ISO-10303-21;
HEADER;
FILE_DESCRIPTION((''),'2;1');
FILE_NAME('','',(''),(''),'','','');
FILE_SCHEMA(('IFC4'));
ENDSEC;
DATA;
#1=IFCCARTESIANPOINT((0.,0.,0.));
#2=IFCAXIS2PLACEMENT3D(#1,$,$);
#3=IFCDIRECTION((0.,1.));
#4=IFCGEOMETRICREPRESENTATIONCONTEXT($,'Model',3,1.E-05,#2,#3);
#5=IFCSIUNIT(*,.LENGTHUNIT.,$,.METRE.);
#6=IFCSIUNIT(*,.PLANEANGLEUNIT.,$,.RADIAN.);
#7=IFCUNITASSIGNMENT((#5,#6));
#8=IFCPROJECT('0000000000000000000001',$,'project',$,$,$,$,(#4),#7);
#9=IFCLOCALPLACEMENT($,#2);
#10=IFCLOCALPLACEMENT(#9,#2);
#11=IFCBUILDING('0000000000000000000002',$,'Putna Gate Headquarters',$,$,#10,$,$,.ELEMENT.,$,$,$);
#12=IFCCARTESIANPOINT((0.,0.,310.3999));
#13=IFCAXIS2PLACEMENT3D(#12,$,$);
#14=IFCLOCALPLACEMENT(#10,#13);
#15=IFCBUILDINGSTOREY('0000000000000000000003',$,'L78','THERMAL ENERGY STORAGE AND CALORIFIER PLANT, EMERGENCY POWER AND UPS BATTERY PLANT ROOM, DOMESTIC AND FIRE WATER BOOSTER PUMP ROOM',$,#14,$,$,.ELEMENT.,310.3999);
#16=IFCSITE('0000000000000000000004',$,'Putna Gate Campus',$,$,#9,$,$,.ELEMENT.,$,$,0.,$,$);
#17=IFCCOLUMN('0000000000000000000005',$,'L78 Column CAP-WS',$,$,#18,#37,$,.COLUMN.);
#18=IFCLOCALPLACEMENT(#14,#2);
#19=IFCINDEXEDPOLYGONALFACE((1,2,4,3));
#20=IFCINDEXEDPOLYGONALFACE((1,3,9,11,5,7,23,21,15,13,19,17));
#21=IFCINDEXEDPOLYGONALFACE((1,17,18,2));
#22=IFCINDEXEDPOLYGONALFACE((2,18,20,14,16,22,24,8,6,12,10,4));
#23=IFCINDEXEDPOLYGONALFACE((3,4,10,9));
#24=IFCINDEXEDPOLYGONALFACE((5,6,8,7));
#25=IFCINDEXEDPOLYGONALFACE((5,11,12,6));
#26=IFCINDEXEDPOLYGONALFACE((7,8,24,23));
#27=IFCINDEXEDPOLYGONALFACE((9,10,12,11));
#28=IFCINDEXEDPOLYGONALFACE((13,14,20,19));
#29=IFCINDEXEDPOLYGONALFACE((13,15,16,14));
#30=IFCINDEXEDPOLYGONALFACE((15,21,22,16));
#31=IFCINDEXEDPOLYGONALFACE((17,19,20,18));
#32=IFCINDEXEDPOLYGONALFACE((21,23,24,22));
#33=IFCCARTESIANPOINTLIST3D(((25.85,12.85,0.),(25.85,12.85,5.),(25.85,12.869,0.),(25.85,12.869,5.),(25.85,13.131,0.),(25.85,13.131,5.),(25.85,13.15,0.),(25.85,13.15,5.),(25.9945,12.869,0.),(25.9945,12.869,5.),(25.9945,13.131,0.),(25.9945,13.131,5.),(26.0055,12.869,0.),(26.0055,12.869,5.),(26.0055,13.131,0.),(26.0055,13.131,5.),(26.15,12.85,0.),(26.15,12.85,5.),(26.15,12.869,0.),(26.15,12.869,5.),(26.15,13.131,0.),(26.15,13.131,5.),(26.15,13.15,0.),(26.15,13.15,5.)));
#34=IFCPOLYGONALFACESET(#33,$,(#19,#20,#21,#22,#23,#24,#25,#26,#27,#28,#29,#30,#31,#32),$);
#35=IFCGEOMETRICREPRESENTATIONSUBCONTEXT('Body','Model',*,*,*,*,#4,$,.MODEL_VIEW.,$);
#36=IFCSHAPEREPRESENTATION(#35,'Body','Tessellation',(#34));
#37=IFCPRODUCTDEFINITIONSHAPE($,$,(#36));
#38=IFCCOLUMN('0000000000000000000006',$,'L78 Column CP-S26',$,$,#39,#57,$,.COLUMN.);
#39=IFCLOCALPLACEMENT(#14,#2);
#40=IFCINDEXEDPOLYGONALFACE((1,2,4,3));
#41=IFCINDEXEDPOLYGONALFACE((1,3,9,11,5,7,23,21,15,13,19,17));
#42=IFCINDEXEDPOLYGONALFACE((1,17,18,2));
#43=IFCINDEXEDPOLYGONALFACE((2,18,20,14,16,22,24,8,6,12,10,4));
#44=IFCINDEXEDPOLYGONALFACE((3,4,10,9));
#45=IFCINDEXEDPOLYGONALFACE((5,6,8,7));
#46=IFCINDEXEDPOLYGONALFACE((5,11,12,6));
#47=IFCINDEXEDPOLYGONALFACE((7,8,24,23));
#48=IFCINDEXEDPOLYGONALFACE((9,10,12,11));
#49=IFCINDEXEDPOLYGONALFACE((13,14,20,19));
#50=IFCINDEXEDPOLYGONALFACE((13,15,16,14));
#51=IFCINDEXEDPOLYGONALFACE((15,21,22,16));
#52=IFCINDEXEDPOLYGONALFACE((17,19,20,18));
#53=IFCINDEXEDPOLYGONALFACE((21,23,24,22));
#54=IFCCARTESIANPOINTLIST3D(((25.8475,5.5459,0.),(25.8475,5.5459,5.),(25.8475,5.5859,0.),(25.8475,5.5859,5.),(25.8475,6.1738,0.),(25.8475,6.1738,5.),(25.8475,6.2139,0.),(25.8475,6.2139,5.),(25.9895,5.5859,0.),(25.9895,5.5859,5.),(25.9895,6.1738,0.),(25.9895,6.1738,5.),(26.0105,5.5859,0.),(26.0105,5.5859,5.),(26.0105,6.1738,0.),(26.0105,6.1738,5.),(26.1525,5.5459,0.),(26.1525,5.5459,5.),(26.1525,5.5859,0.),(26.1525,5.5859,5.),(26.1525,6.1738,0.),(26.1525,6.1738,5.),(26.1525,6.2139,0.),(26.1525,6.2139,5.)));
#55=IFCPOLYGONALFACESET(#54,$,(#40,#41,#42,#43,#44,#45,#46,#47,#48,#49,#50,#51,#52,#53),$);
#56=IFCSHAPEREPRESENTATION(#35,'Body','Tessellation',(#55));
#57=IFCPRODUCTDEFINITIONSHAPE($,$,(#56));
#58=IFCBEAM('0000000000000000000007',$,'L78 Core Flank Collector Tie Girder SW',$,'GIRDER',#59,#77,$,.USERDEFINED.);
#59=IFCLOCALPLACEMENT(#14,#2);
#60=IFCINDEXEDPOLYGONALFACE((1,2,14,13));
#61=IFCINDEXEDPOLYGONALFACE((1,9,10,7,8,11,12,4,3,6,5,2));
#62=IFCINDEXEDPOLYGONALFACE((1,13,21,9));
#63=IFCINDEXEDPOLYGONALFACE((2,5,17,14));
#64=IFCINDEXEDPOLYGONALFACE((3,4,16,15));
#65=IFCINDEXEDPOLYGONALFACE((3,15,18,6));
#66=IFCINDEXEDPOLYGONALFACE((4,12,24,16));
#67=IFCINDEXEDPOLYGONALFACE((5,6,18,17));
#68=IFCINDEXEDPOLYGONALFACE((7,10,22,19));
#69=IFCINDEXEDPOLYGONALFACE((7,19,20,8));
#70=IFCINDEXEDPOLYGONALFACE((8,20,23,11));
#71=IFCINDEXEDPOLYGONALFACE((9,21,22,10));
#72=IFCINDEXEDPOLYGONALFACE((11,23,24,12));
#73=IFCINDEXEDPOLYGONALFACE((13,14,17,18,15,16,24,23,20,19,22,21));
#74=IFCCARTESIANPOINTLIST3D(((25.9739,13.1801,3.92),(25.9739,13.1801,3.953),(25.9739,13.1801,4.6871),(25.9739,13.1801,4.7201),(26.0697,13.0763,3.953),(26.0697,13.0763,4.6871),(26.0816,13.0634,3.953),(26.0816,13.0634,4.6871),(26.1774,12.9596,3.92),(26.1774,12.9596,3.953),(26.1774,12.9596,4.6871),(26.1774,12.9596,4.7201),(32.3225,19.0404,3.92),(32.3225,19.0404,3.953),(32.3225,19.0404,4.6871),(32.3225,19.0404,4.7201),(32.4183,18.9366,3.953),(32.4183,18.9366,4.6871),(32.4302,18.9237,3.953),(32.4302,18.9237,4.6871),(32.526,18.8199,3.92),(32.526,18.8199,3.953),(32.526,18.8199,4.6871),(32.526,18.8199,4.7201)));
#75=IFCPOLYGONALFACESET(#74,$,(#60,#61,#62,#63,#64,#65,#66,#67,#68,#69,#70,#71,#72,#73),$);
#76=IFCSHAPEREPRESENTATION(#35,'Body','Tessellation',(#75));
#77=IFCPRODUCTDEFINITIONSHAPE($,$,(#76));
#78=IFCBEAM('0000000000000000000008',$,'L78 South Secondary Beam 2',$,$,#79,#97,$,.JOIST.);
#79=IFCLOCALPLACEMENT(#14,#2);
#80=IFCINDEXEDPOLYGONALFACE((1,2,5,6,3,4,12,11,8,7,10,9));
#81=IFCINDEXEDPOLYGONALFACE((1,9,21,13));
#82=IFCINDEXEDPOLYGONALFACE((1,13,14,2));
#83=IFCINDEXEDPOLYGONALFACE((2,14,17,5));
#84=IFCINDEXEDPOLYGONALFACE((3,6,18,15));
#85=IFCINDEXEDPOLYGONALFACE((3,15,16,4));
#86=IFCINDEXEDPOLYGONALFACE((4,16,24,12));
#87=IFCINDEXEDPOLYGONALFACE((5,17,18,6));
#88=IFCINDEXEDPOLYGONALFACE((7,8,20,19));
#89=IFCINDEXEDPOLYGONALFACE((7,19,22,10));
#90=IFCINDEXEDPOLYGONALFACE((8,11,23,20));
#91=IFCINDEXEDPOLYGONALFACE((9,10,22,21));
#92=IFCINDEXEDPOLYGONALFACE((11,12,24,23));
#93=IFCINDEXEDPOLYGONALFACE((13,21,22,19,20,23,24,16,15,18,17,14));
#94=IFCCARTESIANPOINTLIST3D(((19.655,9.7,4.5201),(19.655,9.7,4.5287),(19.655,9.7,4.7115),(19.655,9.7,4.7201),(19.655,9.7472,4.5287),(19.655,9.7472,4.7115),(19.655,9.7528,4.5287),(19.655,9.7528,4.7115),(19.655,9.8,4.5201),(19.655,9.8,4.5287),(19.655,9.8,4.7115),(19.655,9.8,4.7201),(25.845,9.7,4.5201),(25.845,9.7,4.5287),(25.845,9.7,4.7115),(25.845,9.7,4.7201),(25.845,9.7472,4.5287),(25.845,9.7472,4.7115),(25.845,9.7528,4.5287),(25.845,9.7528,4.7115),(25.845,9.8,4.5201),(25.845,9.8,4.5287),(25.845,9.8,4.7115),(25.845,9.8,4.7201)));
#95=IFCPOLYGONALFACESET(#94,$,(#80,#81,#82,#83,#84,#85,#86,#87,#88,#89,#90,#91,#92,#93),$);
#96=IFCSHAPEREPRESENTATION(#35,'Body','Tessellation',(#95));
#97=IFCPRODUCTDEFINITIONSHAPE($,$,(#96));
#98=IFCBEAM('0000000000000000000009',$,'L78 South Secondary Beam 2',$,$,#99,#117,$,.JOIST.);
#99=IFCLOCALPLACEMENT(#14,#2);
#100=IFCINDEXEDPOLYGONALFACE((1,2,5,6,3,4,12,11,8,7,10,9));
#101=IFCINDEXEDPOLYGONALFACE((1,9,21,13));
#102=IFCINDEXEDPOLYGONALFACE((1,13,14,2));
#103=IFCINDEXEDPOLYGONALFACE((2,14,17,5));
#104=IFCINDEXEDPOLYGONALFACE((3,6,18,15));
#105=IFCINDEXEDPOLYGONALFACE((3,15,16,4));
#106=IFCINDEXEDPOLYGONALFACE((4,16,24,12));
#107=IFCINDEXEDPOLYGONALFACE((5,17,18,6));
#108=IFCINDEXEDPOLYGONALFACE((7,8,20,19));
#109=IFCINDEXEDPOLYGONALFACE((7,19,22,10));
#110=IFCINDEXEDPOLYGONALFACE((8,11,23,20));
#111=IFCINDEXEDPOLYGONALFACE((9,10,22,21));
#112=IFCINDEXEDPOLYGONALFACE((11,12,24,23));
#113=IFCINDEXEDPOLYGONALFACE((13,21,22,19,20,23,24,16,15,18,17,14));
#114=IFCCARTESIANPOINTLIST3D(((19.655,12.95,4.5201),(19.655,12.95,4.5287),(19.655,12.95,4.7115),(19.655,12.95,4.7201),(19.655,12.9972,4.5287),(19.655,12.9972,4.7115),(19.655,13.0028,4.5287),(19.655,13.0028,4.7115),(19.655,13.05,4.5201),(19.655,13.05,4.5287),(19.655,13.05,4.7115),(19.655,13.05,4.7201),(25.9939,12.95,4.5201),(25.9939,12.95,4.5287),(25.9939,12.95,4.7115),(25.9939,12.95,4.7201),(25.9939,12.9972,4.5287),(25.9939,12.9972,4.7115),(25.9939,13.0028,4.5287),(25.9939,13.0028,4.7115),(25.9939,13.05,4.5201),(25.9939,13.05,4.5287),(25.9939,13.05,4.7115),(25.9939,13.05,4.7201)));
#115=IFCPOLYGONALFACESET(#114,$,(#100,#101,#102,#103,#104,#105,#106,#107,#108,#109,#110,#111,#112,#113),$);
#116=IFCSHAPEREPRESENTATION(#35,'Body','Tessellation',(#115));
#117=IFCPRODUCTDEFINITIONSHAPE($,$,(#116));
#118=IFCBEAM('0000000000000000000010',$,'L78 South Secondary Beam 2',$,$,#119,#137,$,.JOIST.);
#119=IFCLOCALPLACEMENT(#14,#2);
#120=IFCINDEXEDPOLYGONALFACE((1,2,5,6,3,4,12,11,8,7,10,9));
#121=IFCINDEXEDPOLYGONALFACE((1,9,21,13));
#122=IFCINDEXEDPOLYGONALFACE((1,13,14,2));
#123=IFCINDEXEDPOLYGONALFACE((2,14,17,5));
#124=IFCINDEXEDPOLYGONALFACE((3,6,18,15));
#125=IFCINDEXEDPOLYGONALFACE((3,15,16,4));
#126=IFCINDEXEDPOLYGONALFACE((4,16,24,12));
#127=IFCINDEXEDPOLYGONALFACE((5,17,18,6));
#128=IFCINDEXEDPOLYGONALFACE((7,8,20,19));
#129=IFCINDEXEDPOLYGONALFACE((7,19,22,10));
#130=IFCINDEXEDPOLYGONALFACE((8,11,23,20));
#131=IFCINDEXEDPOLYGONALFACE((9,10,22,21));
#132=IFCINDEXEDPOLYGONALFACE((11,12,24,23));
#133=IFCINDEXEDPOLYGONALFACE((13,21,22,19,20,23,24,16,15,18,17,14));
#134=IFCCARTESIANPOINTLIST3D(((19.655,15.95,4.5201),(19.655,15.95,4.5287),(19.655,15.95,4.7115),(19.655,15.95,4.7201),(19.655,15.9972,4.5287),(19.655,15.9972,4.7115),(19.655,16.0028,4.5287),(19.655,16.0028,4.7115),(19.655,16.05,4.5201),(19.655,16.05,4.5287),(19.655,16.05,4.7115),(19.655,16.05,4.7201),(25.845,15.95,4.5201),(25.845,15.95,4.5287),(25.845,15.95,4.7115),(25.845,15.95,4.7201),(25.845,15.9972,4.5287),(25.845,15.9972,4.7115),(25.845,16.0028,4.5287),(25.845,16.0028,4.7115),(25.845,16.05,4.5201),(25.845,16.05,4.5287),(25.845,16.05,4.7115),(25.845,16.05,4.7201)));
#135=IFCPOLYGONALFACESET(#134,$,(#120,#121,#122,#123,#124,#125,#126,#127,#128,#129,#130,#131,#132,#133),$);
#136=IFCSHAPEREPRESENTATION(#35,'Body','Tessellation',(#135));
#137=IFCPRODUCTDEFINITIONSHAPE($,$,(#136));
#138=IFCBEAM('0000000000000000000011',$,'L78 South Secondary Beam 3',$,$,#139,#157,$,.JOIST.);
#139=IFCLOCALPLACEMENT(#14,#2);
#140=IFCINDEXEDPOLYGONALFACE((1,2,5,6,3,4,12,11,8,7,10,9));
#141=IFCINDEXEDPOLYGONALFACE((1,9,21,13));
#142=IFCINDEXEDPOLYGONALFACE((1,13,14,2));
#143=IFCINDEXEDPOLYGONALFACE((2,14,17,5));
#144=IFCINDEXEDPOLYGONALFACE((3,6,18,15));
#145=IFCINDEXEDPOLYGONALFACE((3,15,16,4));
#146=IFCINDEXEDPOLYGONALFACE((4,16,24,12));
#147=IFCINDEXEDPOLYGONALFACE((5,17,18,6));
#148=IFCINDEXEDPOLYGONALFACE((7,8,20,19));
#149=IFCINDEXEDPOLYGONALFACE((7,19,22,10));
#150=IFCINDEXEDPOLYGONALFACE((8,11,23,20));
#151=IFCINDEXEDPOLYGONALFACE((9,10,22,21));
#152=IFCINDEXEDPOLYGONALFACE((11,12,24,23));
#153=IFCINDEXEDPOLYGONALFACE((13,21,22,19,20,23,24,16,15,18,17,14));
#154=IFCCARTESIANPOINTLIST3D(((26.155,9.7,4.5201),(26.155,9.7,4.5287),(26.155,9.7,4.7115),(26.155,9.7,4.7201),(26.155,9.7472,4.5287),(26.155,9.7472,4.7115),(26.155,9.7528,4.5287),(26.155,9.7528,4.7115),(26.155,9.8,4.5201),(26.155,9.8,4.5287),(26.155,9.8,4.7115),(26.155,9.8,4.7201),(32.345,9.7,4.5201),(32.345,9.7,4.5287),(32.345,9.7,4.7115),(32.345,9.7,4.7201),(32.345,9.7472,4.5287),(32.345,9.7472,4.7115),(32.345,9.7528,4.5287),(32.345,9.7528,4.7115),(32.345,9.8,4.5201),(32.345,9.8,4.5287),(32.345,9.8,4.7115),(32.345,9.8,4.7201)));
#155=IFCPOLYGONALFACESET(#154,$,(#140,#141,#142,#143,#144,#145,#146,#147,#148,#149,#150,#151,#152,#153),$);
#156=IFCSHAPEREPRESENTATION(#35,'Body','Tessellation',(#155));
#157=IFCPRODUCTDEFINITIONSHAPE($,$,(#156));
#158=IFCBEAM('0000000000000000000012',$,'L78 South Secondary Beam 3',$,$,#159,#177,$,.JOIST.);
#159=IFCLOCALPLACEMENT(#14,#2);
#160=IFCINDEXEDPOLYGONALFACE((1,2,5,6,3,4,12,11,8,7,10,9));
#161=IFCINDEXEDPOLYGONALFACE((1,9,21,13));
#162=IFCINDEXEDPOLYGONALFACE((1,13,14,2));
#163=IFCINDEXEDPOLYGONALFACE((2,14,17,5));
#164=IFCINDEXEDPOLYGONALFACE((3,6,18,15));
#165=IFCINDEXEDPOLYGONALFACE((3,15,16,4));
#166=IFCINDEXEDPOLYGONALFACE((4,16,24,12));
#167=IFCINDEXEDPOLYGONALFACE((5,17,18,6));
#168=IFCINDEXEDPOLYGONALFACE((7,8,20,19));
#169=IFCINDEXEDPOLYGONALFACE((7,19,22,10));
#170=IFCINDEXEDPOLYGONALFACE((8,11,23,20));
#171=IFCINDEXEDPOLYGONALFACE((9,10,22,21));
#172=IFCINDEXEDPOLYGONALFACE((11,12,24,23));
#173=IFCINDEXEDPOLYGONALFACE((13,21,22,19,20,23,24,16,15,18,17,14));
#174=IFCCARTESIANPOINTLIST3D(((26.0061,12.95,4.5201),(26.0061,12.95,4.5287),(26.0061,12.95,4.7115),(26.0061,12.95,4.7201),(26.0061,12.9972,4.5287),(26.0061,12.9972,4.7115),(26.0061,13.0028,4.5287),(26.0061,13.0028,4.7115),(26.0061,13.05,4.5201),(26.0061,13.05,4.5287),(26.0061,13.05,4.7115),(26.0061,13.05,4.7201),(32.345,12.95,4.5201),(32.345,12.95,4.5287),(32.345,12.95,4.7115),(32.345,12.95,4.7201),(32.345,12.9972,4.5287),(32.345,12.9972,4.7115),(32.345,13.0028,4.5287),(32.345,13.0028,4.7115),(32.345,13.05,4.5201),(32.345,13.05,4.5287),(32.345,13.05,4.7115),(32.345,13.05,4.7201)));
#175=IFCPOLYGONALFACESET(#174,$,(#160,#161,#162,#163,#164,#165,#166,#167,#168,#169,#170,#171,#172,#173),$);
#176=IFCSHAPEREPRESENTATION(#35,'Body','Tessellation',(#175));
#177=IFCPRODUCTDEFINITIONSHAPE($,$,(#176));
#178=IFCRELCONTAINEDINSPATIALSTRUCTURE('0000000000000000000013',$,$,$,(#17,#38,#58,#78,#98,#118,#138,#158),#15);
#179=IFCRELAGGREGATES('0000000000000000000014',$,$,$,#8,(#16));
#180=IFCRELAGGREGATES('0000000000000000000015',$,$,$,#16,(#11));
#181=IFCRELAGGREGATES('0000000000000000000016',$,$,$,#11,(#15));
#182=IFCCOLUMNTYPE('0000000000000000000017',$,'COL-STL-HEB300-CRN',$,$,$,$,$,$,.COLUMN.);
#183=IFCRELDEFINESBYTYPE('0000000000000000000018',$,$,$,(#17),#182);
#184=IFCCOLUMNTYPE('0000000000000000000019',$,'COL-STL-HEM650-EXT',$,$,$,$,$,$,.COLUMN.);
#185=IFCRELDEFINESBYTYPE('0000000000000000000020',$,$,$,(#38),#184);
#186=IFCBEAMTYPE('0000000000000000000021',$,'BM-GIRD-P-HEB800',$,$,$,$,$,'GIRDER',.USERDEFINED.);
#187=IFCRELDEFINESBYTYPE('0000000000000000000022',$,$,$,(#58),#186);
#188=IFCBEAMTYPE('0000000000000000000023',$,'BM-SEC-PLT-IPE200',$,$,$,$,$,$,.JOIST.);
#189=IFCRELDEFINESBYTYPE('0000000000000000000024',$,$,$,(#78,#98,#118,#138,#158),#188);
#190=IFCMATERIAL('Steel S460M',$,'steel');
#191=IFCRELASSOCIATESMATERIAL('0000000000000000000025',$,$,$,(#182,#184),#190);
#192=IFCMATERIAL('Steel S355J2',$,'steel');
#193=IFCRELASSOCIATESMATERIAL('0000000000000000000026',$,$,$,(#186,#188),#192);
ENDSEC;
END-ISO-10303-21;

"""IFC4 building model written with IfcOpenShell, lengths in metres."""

from ifc_helpers import new_model, si_unit, direction, frame, origin, origin_2d, place, context, subcontext, project, spatial, i_section, extrude, material, material_profile, profile_set, type_object, element, save


model = new_model("IFC4")

# Units and contexts
model_context = context("Model", 3, precision=1e-05, world=origin(), true_north=direction((0.0, 1.0)))
body_context = subcontext(model_context, "Body", "Model", "MODEL_VIEW")
ifc_project = project(units=[si_unit("LENGTHUNIT", "METRE"), si_unit("PLANEANGLEUNIT", "RADIAN")], contexts=[model_context])

# Site, building, storey
site_placement = place(None, origin())
site = spatial("IfcSite", under=ifc_project, at=site_placement, Name="Putna Gate Campus", CompositionType="ELEMENT", RefElevation=0.0)
building_placement = place(site_placement, origin())
building = spatial("IfcBuilding", under=site, at=building_placement, Name="Putna Gate Headquarters", CompositionType="ELEMENT")
storey_placement = place(building_placement, frame((0.0, 0.0, 310.3999)))
storey = spatial("IfcBuildingStorey", under=building, at=storey_placement, Name="L78", Description="THERMAL ENERGY STORAGE AND CALORIFIER PLANT, EMERGENCY POWER AND UPS BATTERY PLANT ROOM, DOMESTIC AND FIRE WATER BOOSTER PUMP ROOM", CompositionType="ELEMENT", Elevation=310.3999)

# Columns
ifc_material_1 = material(Name="Steel S460M", Category="steel")
ifc_material_profile_1 = material_profile(ifc_material_1, i_section(OverallWidth=0.3, OverallDepth=0.3, WebThickness=0.011, FlangeThickness=0.019, at=origin_2d()), Name="Steel S460M")
ifc_profile_set_1 = profile_set([ifc_material_profile_1], Name="Steel S460M")
column_type_1 = type_object("IfcColumnType", Name="COL-STL-HEB300-CRN", PredefinedType="COLUMN", material=ifc_profile_set_1)
column_1_placement = place(storey_placement, frame((26.0, 13.0, 0.0), z_axis=(0.0, 0.0, 1.0), x_axis=(1.0, 0.0, 0.0)))
element("IfcColumn", 1, at=column_1_placement, inside=storey, type_object=column_type_1, Name="L78 Column CAP-WS", PredefinedType="COLUMN", context=body_context, shape_type="SweptSolid", body=[
    extrude(i_section(OverallWidth=0.3, OverallDepth=0.3, WebThickness=0.011, FlangeThickness=0.019, at=origin_2d()), origin(), (0.0, 0.0, 1.0), 5.0),
])
ifc_material_profile_2 = material_profile(ifc_material_1, i_section(OverallWidth=0.3049, OverallDepth=0.668, WebThickness=0.021, FlangeThickness=0.04, at=origin_2d()), Name="Steel S460M")
ifc_profile_set_2 = profile_set([ifc_material_profile_2], Name="Steel S460M")
column_type_2 = type_object("IfcColumnType", Name="COL-STL-HEM650-EXT", PredefinedType="COLUMN", material=ifc_profile_set_2)
column_2_placement = place(storey_placement, frame((26.0, 5.8799, 0.0), z_axis=(0.0, 0.0, 1.0), x_axis=(1.0, 0.0, 0.0)))
element("IfcColumn", 2, at=column_2_placement, inside=storey, type_object=column_type_2, Name="L78 Column CP-S26", PredefinedType="COLUMN", context=body_context, shape_type="SweptSolid", body=[
    extrude(i_section(OverallWidth=0.3049, OverallDepth=0.668, WebThickness=0.021, FlangeThickness=0.04, at=origin_2d()), origin(), (0.0, 0.0, 1.0), 5.0),
])

# Beams
ifc_material_2 = material(Name="Steel S355J2", Category="steel")
ifc_material_profile_3 = material_profile(ifc_material_2, i_section(OverallWidth=0.3, OverallDepth=0.8, WebThickness=0.0176, FlangeThickness=0.033, at=origin_2d()), Name="Steel S355J2")
ifc_profile_set_3 = profile_set([ifc_material_profile_3], Name="Steel S355J2")
beam_type_1 = type_object("IfcBeamType", Name="BM-GIRD-P-HEB800", ElementType="GIRDER", PredefinedType="USERDEFINED", material=ifc_profile_set_3)
beam_1_placement = place(storey_placement, frame((26.0757, 13.0698, 4.3201), z_axis=(0.734799, 0.678285, 0.0), x_axis=(-0.678285, 0.734799, 0.0)))
element("IfcBeam", 3, at=beam_1_placement, inside=storey, type_object=beam_type_1, Name="L78 Core Flank Collector Tie Girder SW", ObjectType="GIRDER", PredefinedType="USERDEFINED", context=body_context, shape_type="SweptSolid", body=[
    extrude(i_section(OverallWidth=0.3, OverallDepth=0.8, WebThickness=0.0176, FlangeThickness=0.033, at=origin_2d()), origin(), (0.0, 0.0, 1.0), 8.6399),
])
ifc_material_profile_4 = material_profile(ifc_material_2, i_section(OverallWidth=0.1001, OverallDepth=0.2, WebThickness=0.0056, FlangeThickness=0.0085, at=origin_2d()), Name="Steel S355J2")
ifc_profile_set_4 = profile_set([ifc_material_profile_4], Name="Steel S355J2")
beam_type_2 = type_object("IfcBeamType", Name="BM-SEC-PLT-IPE200", PredefinedType="JOIST", material=ifc_profile_set_4)
beam_2_placement = place(storey_placement, frame((19.655, 9.75, 4.6201), z_axis=(1.0, 0.0, 0.0), x_axis=(0.0, 1.0, 0.0)))
element("IfcBeam", 4, at=beam_2_placement, inside=storey, type_object=beam_type_2, Name="L78 South Secondary Beam 2", PredefinedType="JOIST", context=body_context, shape_type="SweptSolid", body=[
    extrude(i_section(OverallWidth=0.1001, OverallDepth=0.2, WebThickness=0.0056, FlangeThickness=0.0085, at=origin_2d()), origin(), (0.0, 0.0, 1.0), 6.1899),
])
beam_3_placement = place(storey_placement, frame((19.655, 13.0, 4.6201), z_axis=(1.0, 0.0, 0.0), x_axis=(0.0, 1.0, 0.0)))
element("IfcBeam", 5, at=beam_3_placement, inside=storey, type_object=beam_type_2, Name="L78 South Secondary Beam 2", PredefinedType="JOIST", context=body_context, shape_type="SweptSolid", body=[
    extrude(i_section(OverallWidth=0.1001, OverallDepth=0.2, WebThickness=0.0056, FlangeThickness=0.0085, at=origin_2d()), origin(), (0.0, 0.0, 1.0), 6.3389),
])
for number, where, z_axis, x_axis, name in (
    (6, (19.655, 16.0, 4.6201), (1.0, 0.0, 0.0), (0.0, 1.0, 0.0), "L78 South Secondary Beam 2"),
    (7, (26.155, 9.75, 4.6201), (1.0, 0.0, 0.0), (0.0, 1.0, 0.0), "L78 South Secondary Beam 3"),
):
    element("IfcBeam", number, at=place(storey_placement, frame(where, z_axis=z_axis, x_axis=x_axis)), inside=storey, type_object=beam_type_2, Name=name, PredefinedType="JOIST", context=body_context, shape_type="SweptSolid", body=[
        extrude(i_section(OverallWidth=0.1001, OverallDepth=0.2, WebThickness=0.0056, FlangeThickness=0.0085, at=origin_2d()), origin(), (0.0, 0.0, 1.0), 6.1899),
    ])
beam_4_placement = place(storey_placement, frame((26.0061, 13.0, 4.6201), z_axis=(1.0, 0.0, 0.0), x_axis=(0.0, 1.0, 0.0)))
element("IfcBeam", 8, at=beam_4_placement, inside=storey, type_object=beam_type_2, Name="L78 South Secondary Beam 3", PredefinedType="JOIST", context=body_context, shape_type="SweptSolid", body=[
    extrude(i_section(OverallWidth=0.1001, OverallDepth=0.2, WebThickness=0.0056, FlangeThickness=0.0085, at=origin_2d()), origin(), (0.0, 0.0, 1.0), 6.3389),
])

save(model, "model.ifc")
